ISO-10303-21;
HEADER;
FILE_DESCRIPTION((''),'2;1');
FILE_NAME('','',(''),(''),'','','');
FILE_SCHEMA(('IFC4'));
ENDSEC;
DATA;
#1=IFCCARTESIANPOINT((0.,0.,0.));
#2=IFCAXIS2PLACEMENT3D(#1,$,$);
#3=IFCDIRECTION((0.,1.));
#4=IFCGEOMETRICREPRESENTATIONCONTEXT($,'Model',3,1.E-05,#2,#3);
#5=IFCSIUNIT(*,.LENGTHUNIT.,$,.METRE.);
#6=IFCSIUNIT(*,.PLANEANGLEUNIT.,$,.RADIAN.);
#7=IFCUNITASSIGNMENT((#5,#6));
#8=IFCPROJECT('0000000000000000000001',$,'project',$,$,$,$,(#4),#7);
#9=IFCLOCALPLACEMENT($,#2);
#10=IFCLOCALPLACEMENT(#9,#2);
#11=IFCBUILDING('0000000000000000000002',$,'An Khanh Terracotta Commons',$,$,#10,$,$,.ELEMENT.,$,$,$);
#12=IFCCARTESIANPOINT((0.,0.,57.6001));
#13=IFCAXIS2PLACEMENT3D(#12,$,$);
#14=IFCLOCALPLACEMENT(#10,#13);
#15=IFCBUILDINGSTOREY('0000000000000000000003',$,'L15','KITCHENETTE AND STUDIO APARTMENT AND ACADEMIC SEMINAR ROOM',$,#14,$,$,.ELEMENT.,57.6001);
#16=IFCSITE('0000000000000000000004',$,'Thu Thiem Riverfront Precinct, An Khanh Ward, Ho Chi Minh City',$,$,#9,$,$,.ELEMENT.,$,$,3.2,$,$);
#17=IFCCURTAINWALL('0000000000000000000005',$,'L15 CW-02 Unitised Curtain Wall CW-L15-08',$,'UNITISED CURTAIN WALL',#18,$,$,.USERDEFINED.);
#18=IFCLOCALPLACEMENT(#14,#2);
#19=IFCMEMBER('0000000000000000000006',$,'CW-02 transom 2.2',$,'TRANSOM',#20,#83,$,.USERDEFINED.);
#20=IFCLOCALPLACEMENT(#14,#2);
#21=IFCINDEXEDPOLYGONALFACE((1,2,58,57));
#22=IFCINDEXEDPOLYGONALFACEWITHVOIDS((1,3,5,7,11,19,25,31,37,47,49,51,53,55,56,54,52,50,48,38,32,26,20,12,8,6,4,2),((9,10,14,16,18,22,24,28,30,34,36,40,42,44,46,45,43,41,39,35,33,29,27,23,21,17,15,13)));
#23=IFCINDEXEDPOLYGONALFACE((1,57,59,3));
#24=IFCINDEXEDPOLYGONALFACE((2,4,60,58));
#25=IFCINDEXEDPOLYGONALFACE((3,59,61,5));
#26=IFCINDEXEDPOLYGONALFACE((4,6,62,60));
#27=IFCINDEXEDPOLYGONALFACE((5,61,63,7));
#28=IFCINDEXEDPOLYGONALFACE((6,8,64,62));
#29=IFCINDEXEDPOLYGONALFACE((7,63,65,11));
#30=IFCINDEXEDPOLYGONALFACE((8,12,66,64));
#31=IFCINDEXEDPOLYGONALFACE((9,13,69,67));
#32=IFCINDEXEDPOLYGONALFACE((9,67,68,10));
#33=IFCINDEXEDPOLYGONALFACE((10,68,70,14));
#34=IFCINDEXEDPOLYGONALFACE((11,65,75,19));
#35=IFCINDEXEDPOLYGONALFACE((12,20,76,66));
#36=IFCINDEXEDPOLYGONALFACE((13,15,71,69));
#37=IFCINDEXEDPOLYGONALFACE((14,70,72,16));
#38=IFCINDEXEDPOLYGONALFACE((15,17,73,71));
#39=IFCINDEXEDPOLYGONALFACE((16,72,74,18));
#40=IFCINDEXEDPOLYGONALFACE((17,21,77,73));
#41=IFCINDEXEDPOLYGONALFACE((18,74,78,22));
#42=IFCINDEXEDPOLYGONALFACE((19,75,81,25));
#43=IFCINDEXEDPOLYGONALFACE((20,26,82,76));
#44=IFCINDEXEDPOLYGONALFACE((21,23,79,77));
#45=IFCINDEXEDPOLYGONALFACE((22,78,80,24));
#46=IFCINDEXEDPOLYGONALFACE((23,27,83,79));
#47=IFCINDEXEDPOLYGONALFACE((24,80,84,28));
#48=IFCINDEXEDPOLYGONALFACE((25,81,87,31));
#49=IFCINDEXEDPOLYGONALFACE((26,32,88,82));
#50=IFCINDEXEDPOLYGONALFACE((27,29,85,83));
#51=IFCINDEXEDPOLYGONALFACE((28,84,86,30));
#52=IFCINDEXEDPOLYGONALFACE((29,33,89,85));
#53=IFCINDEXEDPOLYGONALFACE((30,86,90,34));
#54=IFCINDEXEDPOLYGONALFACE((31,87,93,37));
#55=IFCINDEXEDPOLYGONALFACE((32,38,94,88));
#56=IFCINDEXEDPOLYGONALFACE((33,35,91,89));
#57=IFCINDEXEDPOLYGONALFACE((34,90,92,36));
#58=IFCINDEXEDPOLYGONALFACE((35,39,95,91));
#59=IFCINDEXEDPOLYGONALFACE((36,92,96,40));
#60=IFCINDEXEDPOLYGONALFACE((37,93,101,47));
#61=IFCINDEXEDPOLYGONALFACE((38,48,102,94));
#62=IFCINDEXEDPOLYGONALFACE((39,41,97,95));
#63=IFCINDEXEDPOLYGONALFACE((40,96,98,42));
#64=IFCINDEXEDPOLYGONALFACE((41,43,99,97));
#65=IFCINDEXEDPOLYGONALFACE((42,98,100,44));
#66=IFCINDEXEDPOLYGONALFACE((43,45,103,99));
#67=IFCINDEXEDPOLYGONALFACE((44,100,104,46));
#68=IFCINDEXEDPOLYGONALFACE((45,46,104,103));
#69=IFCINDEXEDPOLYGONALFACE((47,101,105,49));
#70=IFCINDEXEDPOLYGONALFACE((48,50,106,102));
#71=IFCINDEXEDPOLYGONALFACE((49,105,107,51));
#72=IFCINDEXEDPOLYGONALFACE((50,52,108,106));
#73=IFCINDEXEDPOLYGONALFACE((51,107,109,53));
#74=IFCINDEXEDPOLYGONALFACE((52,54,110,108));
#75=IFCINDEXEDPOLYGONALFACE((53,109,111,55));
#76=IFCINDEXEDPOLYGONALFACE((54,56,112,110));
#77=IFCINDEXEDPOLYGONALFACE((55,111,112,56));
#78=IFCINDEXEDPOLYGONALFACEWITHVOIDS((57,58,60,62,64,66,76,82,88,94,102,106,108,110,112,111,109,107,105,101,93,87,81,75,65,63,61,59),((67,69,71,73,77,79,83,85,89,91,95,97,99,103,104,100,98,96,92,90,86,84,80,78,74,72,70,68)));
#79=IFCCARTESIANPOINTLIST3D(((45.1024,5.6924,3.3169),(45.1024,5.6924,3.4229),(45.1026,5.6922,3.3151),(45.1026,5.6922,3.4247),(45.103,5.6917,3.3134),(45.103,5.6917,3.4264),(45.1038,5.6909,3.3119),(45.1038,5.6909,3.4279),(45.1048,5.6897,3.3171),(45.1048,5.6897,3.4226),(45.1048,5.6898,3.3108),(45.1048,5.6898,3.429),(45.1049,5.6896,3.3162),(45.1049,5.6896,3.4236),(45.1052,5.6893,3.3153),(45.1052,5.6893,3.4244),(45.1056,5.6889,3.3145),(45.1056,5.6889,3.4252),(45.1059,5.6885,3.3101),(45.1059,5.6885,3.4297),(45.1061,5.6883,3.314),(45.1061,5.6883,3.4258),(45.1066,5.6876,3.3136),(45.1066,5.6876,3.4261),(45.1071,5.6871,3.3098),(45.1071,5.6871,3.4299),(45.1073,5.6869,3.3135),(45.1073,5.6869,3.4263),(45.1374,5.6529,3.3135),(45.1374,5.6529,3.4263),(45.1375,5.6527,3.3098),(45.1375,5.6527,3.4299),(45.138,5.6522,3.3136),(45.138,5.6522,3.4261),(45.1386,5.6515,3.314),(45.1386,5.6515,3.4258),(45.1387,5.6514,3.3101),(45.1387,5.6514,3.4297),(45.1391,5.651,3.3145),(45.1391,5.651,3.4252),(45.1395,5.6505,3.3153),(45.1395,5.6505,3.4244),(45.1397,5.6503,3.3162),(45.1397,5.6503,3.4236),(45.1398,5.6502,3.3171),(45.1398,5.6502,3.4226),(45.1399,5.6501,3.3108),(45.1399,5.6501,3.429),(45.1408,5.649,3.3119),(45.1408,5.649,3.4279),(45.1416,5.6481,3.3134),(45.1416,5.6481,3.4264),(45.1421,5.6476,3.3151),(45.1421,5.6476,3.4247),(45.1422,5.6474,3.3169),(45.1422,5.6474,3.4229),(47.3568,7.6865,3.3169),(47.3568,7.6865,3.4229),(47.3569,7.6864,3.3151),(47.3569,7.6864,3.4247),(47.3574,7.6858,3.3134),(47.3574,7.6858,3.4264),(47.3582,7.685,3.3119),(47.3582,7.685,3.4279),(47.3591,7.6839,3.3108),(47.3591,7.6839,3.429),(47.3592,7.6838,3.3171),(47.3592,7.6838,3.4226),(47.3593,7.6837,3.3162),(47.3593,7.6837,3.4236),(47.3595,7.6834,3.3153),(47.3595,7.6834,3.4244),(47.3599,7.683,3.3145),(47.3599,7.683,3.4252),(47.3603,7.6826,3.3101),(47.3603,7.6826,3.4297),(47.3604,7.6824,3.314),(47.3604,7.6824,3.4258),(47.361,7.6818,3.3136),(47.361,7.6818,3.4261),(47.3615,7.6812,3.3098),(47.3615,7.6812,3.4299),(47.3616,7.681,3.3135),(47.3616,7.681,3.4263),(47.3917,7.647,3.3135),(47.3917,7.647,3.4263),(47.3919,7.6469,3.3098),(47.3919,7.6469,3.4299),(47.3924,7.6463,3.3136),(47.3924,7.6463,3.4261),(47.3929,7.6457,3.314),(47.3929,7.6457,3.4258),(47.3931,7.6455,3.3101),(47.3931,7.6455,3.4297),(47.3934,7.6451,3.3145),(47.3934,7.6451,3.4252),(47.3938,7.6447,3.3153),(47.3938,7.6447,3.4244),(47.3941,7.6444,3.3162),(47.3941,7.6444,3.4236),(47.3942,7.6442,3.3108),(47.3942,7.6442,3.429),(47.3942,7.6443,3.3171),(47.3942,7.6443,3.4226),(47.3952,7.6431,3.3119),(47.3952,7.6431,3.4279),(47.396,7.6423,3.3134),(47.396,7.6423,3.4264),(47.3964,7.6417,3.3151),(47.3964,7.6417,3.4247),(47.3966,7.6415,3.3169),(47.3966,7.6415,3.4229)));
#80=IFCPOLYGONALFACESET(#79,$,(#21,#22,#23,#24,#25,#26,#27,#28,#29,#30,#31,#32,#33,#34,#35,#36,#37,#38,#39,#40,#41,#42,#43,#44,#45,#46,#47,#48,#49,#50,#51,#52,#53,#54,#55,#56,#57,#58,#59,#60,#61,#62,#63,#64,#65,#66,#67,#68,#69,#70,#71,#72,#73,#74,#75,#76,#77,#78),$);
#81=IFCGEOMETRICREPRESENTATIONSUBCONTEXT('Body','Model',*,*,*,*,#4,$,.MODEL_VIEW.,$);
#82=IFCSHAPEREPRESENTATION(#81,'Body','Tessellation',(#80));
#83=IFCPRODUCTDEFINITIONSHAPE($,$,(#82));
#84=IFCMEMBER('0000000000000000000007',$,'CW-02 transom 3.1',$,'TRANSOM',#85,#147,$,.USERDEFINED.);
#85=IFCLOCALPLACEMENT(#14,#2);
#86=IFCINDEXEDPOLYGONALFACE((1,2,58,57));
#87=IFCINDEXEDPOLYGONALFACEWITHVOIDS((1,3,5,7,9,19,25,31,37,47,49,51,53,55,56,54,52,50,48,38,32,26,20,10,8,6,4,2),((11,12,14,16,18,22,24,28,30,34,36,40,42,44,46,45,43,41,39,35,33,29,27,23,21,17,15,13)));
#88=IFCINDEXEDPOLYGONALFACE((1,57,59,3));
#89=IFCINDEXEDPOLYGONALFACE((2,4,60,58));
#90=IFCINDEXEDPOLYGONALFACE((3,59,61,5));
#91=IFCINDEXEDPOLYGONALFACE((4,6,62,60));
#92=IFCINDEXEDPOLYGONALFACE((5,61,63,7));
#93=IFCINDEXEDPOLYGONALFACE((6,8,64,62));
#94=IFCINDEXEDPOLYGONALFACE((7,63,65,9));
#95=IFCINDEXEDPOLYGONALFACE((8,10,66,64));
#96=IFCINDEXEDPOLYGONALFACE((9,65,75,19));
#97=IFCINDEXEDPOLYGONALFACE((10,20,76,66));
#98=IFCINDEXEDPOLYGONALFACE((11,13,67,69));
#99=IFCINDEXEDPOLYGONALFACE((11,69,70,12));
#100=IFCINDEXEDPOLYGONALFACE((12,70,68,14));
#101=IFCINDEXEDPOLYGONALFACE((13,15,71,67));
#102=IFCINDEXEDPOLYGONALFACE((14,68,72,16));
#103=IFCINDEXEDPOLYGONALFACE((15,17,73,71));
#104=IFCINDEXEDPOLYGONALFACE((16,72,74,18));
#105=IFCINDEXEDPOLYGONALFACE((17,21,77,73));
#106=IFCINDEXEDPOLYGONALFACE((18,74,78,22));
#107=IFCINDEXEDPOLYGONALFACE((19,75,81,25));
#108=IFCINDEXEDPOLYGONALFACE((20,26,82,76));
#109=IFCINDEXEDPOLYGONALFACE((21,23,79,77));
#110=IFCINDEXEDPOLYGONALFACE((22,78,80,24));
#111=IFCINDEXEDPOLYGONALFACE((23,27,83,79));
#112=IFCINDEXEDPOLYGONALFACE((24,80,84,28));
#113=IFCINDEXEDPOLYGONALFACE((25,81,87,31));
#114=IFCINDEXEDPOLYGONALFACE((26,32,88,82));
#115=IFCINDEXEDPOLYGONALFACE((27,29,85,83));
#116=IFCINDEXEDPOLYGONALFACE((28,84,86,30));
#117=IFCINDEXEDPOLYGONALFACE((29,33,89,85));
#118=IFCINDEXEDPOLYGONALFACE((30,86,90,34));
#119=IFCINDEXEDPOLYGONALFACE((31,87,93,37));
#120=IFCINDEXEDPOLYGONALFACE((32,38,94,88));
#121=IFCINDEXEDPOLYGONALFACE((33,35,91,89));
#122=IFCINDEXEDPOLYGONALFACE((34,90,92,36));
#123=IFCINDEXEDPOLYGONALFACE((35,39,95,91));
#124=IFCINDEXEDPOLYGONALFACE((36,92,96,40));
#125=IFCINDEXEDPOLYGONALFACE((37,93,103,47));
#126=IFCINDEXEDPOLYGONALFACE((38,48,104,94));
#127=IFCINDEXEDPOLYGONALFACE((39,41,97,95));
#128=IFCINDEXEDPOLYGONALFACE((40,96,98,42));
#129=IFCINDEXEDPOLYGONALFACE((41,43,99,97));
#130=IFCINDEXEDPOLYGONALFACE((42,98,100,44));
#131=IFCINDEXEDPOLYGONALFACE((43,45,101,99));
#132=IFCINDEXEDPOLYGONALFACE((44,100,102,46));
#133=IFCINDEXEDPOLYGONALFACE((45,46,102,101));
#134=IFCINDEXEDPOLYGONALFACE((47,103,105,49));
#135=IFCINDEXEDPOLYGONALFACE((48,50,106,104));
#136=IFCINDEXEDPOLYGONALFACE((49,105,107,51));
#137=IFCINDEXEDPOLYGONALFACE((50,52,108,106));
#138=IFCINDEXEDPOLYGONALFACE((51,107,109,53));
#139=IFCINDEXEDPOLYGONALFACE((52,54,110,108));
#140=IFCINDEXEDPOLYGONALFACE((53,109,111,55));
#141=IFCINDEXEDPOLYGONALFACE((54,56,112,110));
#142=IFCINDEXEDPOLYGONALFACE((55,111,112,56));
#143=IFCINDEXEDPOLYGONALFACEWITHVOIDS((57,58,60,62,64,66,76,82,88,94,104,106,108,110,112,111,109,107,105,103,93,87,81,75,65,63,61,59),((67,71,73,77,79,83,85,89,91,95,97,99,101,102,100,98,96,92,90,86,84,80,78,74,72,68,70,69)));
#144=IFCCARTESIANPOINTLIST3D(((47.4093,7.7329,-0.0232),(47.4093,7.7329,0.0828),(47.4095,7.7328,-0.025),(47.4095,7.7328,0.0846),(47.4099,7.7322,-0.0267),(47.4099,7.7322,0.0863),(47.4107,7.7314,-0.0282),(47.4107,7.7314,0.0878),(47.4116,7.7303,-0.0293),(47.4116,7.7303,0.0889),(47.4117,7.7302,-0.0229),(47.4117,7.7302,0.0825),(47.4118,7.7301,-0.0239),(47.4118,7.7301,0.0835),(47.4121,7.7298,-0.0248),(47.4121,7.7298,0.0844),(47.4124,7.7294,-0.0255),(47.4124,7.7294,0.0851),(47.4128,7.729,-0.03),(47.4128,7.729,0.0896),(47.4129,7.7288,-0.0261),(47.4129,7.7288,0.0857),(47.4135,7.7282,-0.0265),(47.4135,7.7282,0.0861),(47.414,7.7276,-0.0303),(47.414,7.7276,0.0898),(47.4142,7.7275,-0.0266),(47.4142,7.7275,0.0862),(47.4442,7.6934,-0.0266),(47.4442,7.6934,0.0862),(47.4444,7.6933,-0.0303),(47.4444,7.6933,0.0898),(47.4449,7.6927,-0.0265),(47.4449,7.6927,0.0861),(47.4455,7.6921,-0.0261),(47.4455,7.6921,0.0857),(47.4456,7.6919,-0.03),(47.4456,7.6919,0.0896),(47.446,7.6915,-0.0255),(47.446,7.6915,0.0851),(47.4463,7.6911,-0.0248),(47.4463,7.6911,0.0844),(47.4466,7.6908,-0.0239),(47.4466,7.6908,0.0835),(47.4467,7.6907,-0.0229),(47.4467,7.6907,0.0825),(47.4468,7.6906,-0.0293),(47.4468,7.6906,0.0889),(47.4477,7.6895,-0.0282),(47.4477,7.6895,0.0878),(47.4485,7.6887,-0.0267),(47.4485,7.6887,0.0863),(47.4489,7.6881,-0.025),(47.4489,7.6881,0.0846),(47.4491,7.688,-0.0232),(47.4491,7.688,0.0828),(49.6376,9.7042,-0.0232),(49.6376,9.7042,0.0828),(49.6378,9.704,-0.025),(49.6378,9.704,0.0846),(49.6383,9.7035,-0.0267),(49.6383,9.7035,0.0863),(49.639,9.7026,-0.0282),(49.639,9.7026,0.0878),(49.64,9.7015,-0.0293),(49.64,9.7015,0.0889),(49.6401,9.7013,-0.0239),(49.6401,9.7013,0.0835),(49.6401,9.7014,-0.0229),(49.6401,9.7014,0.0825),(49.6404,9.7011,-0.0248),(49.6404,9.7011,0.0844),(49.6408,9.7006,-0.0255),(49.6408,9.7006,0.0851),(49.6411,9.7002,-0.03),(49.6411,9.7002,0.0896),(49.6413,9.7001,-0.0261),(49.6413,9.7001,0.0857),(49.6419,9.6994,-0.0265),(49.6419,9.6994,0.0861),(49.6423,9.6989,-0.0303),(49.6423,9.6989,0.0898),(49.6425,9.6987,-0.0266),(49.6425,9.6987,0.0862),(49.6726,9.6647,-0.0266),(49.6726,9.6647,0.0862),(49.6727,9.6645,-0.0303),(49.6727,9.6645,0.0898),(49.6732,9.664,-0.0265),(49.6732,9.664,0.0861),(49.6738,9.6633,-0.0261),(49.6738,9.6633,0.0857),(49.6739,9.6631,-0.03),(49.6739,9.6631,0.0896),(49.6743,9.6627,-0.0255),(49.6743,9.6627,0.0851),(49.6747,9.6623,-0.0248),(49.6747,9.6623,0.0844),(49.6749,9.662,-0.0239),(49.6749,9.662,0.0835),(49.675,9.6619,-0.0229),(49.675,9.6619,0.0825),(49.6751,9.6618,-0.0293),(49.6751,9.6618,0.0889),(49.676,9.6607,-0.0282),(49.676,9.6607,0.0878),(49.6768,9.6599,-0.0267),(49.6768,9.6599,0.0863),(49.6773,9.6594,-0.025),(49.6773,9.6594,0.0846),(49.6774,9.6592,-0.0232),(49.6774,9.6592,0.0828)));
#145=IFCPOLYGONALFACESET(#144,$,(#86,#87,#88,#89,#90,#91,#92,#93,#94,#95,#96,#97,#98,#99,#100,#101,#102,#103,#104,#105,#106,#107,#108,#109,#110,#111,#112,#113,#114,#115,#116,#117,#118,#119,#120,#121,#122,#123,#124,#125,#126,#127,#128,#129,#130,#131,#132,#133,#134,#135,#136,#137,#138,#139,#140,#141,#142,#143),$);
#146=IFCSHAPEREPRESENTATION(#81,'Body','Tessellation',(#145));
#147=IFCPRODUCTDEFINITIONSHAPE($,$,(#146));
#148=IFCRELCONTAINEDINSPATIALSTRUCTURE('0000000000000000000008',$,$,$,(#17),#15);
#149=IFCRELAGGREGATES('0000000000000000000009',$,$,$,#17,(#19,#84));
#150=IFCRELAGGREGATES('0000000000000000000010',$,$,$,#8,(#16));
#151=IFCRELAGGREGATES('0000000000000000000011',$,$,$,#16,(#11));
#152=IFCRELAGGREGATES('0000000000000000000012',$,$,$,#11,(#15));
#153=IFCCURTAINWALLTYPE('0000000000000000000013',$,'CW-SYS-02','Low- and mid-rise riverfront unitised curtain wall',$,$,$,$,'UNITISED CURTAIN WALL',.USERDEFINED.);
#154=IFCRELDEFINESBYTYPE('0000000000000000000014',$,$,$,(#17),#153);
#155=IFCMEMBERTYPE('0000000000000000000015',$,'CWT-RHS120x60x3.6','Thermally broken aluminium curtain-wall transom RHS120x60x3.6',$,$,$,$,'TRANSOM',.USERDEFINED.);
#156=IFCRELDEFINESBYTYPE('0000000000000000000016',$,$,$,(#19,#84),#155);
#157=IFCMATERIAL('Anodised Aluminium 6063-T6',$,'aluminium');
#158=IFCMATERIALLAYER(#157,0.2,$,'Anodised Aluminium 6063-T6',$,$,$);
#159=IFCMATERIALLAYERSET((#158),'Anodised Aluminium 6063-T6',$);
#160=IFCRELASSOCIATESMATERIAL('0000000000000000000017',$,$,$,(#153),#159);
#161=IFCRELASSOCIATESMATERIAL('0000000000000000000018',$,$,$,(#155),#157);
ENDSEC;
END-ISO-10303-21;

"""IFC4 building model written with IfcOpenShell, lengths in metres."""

from ifc_helpers import new_model, si_unit, direction, frame, origin, origin_2d, place, context, subcontext, project, spatial, hollow_rectangle, extrude, material, layer, layer_set, material_profile, profile_set, type_object, element, aggregate, save


model = new_model("IFC4")

# Units and contexts
model_context = context("Model", 3, precision=1e-05, world=origin(), true_north=direction((0.0, 1.0)))
body_context = subcontext(model_context, "Body", "Model", "MODEL_VIEW")
ifc_project = project(units=[si_unit("LENGTHUNIT", "METRE"), si_unit("PLANEANGLEUNIT", "RADIAN")], contexts=[model_context])

# Site, building, storey
site_placement = place(None, origin())
site = spatial("IfcSite", under=ifc_project, at=site_placement, Name="Thu Thiem Riverfront Precinct, An Khanh Ward, Ho Chi Minh City", CompositionType="ELEMENT", RefElevation=3.2)
building_placement = place(site_placement, origin())
building = spatial("IfcBuilding", under=site, at=building_placement, Name="An Khanh Terracotta Commons", CompositionType="ELEMENT")
storey_placement = place(building_placement, frame((0.0, 0.0, 57.6001)))
storey = spatial("IfcBuildingStorey", under=building, at=storey_placement, Name="L15", Description="KITCHENETTE AND STUDIO APARTMENT AND ACADEMIC SEMINAR ROOM", CompositionType="ELEMENT", Elevation=57.6001)

# Curtain wall, members
ifc_material_1 = material(Name="Anodised Aluminium 6063-T6", Category="aluminium")
ifc_layer_1 = layer(ifc_material_1, 0.2, Name="Anodised Aluminium 6063-T6")
ifc_layer_set_1 = layer_set([ifc_layer_1], Name="Anodised Aluminium 6063-T6")
curtain_wall_type = type_object("IfcCurtainWallType", Name="CW-SYS-02", Description="Low- and mid-rise riverfront unitised curtain wall", ElementType="UNITISED CURTAIN WALL", PredefinedType="USERDEFINED", material=ifc_layer_set_1)
curtain_wall_placement = place(storey_placement, origin())
curtain_wall = element("IfcCurtainWall", 1, at=curtain_wall_placement, inside=storey, type_object=curtain_wall_type, Name="L15 CW-02 Unitised Curtain Wall CW-L15-08", ObjectType="UNITISED CURTAIN WALL", PredefinedType="USERDEFINED")
ifc_material_profile_1 = material_profile(ifc_material_1, hollow_rectangle(XDim=0.0601, YDim=0.1201, WallThickness=0.0037, InnerFilletRadius=0.0037, OuterFilletRadius=0.0071, at=origin_2d()), Name="RHS120x60x3.6")
ifc_profile_set_1 = profile_set([ifc_material_profile_1], Name="Anodised Aluminium 6063-T6")
member_type_1 = type_object("IfcMemberType", Name="CWT-RHS120x60x3.6", Description="Thermally broken aluminium curtain-wall transom RHS120x60x3.6", ElementType="TRANSOM", PredefinedType="USERDEFINED", material=ifc_profile_set_1)
member_1_placement = place(storey_placement, frame((45.1223, 5.6699, 3.3699), z_axis=(0.749018, 0.662549, 0.0), x_axis=(-0.662549, 0.749018, 0.0)))
member_1 = element("IfcMember", 2, at=member_1_placement, type_object=member_type_1, Name="CW-02 transom 2.2", ObjectType="TRANSOM", PredefinedType="USERDEFINED", context=body_context, shape_type="SweptSolid", body=[
    extrude(hollow_rectangle(XDim=0.0601, YDim=0.1201, WallThickness=0.0037, InnerFilletRadius=0.0037, OuterFilletRadius=0.0071, at=origin_2d()), origin(), (0.0, 0.0, 1.0), 3.0098),
])
member_2_placement = place(storey_placement, frame((47.4292, 7.7104, 0.0298), z_axis=(0.748992, 0.662579, 0.0), x_axis=(-0.662579, 0.748992, 0.0)))
member_2 = element("IfcMember", 3, at=member_2_placement, type_object=member_type_1, Name="CW-02 transom 3.1", ObjectType="TRANSOM", PredefinedType="USERDEFINED", context=body_context, shape_type="SweptSolid", body=[
    extrude(hollow_rectangle(XDim=0.0601, YDim=0.1201, WallThickness=0.0037, InnerFilletRadius=0.0037, OuterFilletRadius=0.0071, at=origin_2d()), origin(), (0.0, 0.0, 1.0), 2.9751),
])
aggregate(curtain_wall, [member_1, member_2])

save(model, "model.ifc")
